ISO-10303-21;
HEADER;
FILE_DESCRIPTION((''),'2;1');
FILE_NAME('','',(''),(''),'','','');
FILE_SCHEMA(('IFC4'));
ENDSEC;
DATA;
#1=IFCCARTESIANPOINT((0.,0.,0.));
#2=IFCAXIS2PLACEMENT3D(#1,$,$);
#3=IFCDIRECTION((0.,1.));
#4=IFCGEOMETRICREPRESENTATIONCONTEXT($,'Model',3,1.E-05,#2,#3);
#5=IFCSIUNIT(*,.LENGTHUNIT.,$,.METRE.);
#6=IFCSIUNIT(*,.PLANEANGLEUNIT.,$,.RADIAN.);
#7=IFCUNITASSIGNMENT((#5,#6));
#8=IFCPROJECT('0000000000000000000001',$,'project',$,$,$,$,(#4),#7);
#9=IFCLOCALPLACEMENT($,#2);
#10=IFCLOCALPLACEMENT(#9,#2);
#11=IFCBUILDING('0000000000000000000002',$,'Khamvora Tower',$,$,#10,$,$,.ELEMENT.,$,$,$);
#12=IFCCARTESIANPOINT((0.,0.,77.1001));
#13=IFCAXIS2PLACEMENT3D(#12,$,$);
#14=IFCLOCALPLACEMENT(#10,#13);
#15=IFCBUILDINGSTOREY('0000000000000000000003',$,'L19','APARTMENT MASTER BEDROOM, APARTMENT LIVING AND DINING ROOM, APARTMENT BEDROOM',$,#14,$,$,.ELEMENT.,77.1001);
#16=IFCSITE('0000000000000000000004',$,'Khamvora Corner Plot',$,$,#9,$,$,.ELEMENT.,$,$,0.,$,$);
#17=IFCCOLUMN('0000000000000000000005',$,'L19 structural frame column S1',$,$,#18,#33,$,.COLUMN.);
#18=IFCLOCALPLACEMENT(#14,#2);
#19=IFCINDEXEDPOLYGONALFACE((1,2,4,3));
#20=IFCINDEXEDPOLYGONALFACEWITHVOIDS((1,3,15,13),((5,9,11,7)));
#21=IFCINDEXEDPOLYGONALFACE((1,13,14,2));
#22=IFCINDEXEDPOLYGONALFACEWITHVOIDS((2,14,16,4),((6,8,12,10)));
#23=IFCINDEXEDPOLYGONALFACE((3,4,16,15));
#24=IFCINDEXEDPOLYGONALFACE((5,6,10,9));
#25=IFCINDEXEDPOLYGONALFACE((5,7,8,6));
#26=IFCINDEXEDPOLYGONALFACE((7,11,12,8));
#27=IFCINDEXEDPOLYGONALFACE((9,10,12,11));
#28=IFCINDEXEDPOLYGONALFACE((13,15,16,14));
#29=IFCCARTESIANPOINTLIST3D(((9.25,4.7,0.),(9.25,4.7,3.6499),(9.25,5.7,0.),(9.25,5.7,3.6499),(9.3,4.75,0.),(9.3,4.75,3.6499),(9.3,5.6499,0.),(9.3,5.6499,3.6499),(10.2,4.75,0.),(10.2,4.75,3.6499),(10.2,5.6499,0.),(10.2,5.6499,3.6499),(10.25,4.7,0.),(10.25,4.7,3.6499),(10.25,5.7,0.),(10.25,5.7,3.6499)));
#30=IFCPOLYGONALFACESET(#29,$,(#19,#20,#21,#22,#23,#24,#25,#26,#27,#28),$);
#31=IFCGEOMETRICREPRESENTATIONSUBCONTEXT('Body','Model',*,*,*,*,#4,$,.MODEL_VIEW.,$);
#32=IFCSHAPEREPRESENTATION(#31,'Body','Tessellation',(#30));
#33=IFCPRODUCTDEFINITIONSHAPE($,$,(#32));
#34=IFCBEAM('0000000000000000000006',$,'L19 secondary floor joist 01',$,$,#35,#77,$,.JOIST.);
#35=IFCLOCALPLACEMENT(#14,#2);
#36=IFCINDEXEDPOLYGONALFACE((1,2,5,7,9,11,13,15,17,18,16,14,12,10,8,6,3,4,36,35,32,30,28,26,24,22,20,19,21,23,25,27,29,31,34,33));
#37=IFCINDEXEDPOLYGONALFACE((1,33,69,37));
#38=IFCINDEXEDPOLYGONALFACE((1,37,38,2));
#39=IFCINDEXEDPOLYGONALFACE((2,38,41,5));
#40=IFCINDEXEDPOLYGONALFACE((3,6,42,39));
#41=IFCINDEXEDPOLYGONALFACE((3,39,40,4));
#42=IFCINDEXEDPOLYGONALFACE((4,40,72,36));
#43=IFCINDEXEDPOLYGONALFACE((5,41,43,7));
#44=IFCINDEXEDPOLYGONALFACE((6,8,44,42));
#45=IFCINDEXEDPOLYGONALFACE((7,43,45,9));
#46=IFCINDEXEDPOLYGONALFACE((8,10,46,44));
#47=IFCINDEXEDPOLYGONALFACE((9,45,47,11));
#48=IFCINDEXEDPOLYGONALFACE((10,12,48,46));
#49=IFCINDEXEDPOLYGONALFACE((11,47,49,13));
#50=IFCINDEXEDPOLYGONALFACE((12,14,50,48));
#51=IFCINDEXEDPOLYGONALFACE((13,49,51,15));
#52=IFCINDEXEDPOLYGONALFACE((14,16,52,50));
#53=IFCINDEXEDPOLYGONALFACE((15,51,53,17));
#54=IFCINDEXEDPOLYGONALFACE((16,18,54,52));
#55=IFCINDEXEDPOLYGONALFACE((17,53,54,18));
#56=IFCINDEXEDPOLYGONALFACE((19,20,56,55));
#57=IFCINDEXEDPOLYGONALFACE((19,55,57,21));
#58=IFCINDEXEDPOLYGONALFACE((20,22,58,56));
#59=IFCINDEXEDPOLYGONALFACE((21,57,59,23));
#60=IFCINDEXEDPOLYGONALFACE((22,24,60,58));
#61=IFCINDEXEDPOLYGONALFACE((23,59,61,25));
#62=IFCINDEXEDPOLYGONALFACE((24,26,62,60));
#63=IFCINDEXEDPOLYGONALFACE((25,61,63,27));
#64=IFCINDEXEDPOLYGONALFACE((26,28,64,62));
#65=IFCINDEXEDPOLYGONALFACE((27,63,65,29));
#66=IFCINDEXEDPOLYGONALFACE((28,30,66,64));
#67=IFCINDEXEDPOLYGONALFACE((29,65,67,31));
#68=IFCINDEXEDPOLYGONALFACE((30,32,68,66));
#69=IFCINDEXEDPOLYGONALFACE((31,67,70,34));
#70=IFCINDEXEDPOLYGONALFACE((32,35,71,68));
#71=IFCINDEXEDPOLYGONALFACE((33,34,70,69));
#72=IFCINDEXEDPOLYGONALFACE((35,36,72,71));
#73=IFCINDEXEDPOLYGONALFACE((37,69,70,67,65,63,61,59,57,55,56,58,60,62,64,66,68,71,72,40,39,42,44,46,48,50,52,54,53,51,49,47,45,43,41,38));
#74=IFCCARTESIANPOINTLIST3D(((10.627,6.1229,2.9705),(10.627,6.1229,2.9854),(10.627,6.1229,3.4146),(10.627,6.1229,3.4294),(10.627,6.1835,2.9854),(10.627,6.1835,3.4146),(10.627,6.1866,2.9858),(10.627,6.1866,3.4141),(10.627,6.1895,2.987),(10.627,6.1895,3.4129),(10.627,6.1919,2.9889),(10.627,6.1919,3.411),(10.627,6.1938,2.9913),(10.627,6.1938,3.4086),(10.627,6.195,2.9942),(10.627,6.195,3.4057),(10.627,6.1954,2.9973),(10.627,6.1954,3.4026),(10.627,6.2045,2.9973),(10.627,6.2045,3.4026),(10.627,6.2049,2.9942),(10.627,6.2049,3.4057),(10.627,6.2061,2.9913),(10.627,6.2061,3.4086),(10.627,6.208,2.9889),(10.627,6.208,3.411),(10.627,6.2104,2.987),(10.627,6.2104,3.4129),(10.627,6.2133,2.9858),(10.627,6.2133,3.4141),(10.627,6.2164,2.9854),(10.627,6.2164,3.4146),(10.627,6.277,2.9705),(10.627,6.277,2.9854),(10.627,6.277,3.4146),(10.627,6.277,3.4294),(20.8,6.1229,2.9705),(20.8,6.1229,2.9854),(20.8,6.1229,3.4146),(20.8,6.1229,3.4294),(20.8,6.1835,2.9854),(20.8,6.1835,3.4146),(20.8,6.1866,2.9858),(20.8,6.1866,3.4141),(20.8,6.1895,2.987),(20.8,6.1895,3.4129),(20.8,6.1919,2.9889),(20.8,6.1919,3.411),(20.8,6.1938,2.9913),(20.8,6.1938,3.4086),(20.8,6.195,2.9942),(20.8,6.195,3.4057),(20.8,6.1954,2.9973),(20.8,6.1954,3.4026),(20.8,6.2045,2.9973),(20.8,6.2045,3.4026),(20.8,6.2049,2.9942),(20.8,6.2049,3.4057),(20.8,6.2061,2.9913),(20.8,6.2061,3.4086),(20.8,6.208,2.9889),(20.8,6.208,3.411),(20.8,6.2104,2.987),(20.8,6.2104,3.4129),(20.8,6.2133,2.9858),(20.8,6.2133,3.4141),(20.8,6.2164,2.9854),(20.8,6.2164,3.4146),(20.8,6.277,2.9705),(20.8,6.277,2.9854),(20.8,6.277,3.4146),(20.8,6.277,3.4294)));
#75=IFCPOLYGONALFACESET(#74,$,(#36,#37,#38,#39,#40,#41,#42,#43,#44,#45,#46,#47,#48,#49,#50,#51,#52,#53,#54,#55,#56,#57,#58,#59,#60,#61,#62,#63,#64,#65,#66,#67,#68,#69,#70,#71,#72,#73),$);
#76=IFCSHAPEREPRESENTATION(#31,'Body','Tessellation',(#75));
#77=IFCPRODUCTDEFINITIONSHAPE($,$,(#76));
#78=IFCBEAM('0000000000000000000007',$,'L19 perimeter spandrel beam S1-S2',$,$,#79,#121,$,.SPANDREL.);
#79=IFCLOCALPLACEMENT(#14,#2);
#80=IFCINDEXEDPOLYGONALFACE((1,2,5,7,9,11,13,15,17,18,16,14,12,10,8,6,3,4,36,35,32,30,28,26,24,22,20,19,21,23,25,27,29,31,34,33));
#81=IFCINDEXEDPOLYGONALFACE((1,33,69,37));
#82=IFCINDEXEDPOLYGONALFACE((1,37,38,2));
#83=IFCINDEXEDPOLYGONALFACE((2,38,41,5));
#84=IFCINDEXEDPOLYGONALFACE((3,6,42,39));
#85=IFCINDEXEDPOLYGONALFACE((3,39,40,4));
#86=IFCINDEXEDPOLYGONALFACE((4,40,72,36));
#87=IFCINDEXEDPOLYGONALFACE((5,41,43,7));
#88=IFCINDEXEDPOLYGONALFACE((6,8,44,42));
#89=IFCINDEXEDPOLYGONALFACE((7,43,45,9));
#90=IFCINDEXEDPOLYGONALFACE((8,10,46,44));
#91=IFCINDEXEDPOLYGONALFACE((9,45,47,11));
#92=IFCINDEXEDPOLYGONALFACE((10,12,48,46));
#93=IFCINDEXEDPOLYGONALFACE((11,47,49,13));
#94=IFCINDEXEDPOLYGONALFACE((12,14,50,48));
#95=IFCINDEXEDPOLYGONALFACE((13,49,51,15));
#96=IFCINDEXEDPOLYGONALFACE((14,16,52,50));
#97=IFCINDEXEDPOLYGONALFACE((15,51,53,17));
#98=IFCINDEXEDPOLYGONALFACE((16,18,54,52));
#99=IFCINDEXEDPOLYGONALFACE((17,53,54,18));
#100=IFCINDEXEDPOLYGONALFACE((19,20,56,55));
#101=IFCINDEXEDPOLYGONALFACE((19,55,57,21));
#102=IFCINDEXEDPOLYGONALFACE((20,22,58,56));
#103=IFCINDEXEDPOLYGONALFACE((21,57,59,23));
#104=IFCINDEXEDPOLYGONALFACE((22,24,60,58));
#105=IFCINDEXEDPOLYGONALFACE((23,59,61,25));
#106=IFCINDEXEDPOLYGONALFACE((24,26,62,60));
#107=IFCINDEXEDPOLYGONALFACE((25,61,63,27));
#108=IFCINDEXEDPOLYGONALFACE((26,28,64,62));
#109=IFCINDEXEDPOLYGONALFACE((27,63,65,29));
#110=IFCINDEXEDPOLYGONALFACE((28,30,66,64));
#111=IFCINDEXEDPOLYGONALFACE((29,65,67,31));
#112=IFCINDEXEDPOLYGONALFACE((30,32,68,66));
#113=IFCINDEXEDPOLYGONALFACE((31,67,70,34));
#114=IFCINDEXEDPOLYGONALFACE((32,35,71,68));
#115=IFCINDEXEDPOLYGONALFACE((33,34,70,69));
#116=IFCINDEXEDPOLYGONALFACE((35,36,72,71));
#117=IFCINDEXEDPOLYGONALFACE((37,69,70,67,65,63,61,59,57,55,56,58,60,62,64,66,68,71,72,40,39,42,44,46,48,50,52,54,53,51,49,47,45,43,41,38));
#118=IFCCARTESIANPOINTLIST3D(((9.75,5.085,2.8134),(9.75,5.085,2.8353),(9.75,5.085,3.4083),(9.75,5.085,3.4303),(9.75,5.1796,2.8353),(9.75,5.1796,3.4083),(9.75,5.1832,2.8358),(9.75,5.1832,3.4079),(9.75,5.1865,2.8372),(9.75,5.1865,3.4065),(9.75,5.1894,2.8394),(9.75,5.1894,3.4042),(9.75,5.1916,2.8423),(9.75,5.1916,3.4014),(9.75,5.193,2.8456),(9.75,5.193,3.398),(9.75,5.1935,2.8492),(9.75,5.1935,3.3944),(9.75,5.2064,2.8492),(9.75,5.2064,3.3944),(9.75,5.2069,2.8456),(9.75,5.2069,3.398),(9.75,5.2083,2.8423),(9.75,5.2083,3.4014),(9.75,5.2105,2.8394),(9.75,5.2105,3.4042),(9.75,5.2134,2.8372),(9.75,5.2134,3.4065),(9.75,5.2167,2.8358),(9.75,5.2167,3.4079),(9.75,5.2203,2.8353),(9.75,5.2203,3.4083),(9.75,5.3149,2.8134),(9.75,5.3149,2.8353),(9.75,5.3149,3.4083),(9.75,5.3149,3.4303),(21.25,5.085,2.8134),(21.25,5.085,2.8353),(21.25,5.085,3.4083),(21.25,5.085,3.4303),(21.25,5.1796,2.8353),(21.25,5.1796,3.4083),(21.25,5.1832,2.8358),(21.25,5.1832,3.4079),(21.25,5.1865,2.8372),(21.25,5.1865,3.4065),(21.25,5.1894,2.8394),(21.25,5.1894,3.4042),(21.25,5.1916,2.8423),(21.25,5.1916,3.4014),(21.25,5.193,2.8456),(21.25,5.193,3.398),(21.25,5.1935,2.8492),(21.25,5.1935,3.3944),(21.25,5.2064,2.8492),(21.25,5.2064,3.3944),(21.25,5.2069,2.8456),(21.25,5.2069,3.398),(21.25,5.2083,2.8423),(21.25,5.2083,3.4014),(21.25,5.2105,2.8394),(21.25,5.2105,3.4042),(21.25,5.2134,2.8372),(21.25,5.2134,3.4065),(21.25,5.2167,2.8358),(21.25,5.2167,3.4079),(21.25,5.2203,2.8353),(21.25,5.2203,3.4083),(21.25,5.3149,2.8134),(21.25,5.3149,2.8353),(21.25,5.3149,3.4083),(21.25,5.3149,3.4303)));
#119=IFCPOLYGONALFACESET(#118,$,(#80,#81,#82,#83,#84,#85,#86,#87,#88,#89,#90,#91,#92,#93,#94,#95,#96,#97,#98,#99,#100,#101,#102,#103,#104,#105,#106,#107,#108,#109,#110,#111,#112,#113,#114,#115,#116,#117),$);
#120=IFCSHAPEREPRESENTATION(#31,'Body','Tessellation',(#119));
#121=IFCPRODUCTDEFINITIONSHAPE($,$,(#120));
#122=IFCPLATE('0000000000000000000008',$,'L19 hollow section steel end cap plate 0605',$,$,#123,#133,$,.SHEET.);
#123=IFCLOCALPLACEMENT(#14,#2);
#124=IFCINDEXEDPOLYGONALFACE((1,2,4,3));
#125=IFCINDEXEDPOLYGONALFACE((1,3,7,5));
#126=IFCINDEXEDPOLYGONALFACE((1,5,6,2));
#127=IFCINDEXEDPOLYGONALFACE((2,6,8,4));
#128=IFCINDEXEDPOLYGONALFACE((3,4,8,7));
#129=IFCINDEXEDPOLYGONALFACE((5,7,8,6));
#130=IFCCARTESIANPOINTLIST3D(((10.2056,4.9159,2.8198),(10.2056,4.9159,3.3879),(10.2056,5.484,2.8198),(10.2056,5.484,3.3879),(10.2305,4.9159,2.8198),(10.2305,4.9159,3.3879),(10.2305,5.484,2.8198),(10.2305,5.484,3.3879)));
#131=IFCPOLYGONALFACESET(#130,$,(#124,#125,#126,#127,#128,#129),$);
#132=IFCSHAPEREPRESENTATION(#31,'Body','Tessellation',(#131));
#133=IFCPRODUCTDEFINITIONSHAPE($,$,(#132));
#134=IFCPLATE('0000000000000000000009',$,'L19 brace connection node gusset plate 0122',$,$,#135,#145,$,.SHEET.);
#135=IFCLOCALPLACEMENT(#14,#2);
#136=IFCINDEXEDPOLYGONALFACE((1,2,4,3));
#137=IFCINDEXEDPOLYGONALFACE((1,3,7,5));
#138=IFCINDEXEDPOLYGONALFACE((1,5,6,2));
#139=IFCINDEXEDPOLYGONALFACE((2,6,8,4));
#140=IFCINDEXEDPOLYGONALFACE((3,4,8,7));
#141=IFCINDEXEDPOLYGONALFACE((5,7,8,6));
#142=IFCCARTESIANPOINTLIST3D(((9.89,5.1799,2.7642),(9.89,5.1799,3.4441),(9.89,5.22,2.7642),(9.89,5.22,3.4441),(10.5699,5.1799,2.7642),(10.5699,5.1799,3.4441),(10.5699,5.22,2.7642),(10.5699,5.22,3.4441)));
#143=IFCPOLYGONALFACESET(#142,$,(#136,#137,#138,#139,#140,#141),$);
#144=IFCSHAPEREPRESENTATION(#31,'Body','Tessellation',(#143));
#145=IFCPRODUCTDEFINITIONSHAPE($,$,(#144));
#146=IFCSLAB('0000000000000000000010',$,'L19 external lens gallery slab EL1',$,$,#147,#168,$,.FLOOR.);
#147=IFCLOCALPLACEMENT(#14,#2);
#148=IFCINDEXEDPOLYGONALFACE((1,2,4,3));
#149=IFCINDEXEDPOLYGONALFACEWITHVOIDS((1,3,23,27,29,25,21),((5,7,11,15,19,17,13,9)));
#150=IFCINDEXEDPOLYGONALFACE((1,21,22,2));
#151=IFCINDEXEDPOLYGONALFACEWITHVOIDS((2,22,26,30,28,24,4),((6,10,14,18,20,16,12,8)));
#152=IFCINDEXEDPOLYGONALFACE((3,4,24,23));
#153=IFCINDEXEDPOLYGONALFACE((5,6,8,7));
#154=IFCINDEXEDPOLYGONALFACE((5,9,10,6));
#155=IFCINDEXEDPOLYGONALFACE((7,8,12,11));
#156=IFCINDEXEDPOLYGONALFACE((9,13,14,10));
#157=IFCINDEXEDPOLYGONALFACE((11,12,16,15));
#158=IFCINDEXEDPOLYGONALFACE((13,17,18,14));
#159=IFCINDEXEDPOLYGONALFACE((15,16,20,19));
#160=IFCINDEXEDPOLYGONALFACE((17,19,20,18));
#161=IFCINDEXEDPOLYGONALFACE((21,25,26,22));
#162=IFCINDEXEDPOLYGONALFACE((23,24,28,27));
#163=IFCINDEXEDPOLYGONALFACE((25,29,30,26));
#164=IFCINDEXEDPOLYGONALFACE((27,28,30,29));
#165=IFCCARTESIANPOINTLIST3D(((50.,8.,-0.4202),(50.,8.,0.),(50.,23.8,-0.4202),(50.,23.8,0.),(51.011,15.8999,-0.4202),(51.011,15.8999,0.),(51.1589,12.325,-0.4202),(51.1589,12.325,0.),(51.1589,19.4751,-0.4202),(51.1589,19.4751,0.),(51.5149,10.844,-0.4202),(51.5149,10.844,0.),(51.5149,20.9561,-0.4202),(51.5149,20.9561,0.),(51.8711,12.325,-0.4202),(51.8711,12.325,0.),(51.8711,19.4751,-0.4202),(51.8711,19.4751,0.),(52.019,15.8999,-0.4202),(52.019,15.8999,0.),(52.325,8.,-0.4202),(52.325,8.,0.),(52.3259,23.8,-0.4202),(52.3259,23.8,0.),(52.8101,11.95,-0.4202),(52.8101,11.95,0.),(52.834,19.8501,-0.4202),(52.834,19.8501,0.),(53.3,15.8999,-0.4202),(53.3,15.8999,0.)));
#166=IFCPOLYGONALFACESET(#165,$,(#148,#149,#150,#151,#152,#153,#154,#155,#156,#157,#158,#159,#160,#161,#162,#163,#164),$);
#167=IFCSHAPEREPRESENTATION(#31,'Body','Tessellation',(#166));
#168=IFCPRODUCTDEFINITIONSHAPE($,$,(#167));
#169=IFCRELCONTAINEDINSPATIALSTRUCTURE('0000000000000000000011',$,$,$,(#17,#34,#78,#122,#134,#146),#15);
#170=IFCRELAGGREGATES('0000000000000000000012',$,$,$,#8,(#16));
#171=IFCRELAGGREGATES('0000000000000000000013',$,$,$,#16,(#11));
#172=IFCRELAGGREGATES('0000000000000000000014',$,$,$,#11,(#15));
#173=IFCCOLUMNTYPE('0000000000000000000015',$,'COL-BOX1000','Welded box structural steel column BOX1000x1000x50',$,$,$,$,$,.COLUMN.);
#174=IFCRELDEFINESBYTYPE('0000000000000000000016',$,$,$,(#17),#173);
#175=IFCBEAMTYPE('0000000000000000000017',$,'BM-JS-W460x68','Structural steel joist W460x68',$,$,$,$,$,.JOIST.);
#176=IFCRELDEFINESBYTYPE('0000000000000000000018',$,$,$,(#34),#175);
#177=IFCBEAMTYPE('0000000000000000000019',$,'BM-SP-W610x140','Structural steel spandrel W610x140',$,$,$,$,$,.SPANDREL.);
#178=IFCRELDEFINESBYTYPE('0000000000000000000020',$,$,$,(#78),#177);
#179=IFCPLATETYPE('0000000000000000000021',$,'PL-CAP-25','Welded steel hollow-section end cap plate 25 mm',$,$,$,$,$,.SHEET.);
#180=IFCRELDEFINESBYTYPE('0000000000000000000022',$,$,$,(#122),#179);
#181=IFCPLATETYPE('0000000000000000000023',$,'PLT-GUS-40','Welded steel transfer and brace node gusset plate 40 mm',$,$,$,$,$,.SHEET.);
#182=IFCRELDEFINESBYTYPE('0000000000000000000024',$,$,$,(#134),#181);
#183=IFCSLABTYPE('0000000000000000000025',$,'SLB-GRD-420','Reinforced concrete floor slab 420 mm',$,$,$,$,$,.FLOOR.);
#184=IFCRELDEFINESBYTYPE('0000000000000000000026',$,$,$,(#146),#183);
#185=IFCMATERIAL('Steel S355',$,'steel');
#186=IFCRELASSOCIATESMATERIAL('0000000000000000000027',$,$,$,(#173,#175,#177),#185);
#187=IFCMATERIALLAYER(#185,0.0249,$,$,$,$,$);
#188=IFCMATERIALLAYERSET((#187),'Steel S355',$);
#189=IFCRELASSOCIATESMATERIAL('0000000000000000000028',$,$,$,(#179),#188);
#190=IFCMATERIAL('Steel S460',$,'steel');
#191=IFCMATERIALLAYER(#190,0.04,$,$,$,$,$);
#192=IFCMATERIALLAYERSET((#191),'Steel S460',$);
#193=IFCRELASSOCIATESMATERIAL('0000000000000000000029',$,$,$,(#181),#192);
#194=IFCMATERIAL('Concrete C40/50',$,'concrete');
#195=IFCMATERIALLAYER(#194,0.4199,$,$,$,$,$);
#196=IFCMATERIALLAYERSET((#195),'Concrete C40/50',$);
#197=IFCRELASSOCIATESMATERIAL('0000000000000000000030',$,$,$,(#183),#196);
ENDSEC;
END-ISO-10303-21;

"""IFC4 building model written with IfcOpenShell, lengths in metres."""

from ifc_helpers import new_model, si_unit, direction, frame, origin, origin_2d, place, context, subcontext, project, spatial, polyline, rectangle, hollow_rectangle, i_section, outline, extrude, material, layer, layer_set, material_profile, profile_set, type_object, element, save


model = new_model("IFC4")

# Units and contexts
model_context = context("Model", 3, precision=1e-05, world=origin(), true_north=direction((0.0, 1.0)))
body_context = subcontext(model_context, "Body", "Model", "MODEL_VIEW")
ifc_project = project(units=[si_unit("LENGTHUNIT", "METRE"), si_unit("PLANEANGLEUNIT", "RADIAN")], contexts=[model_context])

# Site, building, storey
site_placement = place(None, origin())
site = spatial("IfcSite", under=ifc_project, at=site_placement, Name="Khamvora Corner Plot", CompositionType="ELEMENT", RefElevation=0.0)
building_placement = place(site_placement, origin())
building = spatial("IfcBuilding", under=site, at=building_placement, Name="Khamvora Tower", CompositionType="ELEMENT")
storey_placement = place(building_placement, frame((0.0, 0.0, 77.1001)))
storey = spatial("IfcBuildingStorey", under=building, at=storey_placement, Name="L19", Description="APARTMENT MASTER BEDROOM, APARTMENT LIVING AND DINING ROOM, APARTMENT BEDROOM", CompositionType="ELEMENT", Elevation=77.1001)

# Column
ifc_material_1 = material(Name="Steel S355", Category="steel")
ifc_material_profile_1 = material_profile(ifc_material_1, hollow_rectangle(XDim=1.0, YDim=1.0, WallThickness=0.05, at=origin_2d()), Name="BOX1000x1000x50")
ifc_profile_set_1 = profile_set([ifc_material_profile_1], Name="Steel S355")
column_type = type_object("IfcColumnType", Name="COL-BOX1000", Description="Welded box structural steel column BOX1000x1000x50", PredefinedType="COLUMN", material=ifc_profile_set_1)
column_placement = place(storey_placement, frame((9.75, 5.2, 0.0), z_axis=(0.0, 0.0, 1.0), x_axis=(1.0, 0.0, 0.0)))
element("IfcColumn", 1, at=column_placement, inside=storey, type_object=column_type, Name="L19 structural frame column S1", PredefinedType="COLUMN", context=body_context, shape_type="SweptSolid", body=[
    extrude(hollow_rectangle(XDim=1.0, YDim=1.0, WallThickness=0.05, at=origin_2d()), origin(), (0.0, 0.0, 1.0), 3.6499),
])

# Beams
ifc_material_profile_2 = material_profile(ifc_material_1, i_section(OverallWidth=0.1541, OverallDepth=0.459, WebThickness=0.009, FlangeThickness=0.0149, FilletRadius=0.012, at=origin_2d()), Name="W460x68")
ifc_profile_set_2 = profile_set([ifc_material_profile_2], Name="Steel S355")
beam_type_1 = type_object("IfcBeamType", Name="BM-JS-W460x68", Description="Structural steel joist W460x68", PredefinedType="JOIST", material=ifc_profile_set_2)
beam_1_placement = place(storey_placement, frame((10.627, 6.2, 3.2), z_axis=(1.0, 0.0, 0.0), x_axis=(0.0, 1.0, 0.0)))
element("IfcBeam", 2, at=beam_1_placement, inside=storey, type_object=beam_type_1, Name="L19 secondary floor joist 01", PredefinedType="JOIST", context=body_context, shape_type="SweptSolid", body=[
    extrude(i_section(OverallWidth=0.1541, OverallDepth=0.459, WebThickness=0.009, FlangeThickness=0.0149, FilletRadius=0.012, at=origin_2d()), origin(), (0.0, 0.0, 1.0), 10.1731),
])
ifc_material_profile_3 = material_profile(ifc_material_1, i_section(OverallWidth=0.23, OverallDepth=0.6169, WebThickness=0.0129, FlangeThickness=0.022, FilletRadius=0.0139, at=origin_2d()), Name="W610x140")
ifc_profile_set_3 = profile_set([ifc_material_profile_3], Name="Steel S355")
beam_type_2 = type_object("IfcBeamType", Name="BM-SP-W610x140", Description="Structural steel spandrel W610x140", PredefinedType="SPANDREL", material=ifc_profile_set_3)
beam_2_placement = place(storey_placement, frame((9.75, 5.2, 3.1218), z_axis=(1.0, 0.0, 0.0), x_axis=(0.0, 1.0, 0.0)))
element("IfcBeam", 3, at=beam_2_placement, inside=storey, type_object=beam_type_2, Name="L19 perimeter spandrel beam S1-S2", PredefinedType="SPANDREL", context=body_context, shape_type="SweptSolid", body=[
    extrude(i_section(OverallWidth=0.23, OverallDepth=0.6169, WebThickness=0.0129, FlangeThickness=0.022, FilletRadius=0.0139, at=origin_2d()), origin(), (0.0, 0.0, 1.0), 11.5),
])

# Plates
ifc_layer_1 = layer(ifc_material_1, 0.0249)
ifc_layer_set_1 = layer_set([ifc_layer_1], Name="Steel S355")
plate_type_1 = type_object("IfcPlateType", Name="PL-CAP-25", Description="Welded steel hollow-section end cap plate 25 mm", PredefinedType="SHEET", material=ifc_layer_set_1)
plate_1_placement = place(storey_placement, frame((10.218, 5.2, 2.8198), z_axis=(0.0, 0.0, 1.0), x_axis=(-1.0, 0.0, 0.0)))
element("IfcPlate", 4, at=plate_1_placement, inside=storey, type_object=plate_type_1, Name="L19 hollow section steel end cap plate 0605", PredefinedType="SHEET", context=body_context, shape_type="SweptSolid", body=[
    extrude(rectangle(XDim=0.0249, YDim=0.5681, at=origin_2d()), origin(), (0.0, 0.0, 1.0), 0.5681),
])
ifc_material_2 = material(Name="Steel S460", Category="steel")
ifc_layer_2 = layer(ifc_material_2, 0.04)
ifc_layer_set_2 = layer_set([ifc_layer_2], Name="Steel S460")
plate_type_2 = type_object("IfcPlateType", Name="PLT-GUS-40", Description="Welded steel transfer and brace node gusset plate 40 mm", PredefinedType="SHEET", material=ifc_layer_set_2)
plate_2_placement = place(storey_placement, frame((10.23, 5.2, 2.7642), z_axis=(0.0, 0.0, 1.0), x_axis=(1.0, 0.0, 0.0)))
element("IfcPlate", 5, at=plate_2_placement, inside=storey, type_object=plate_type_2, Name="L19 brace connection node gusset plate 0122", PredefinedType="SHEET", context=body_context, shape_type="SweptSolid", body=[
    extrude(rectangle(XDim=0.6799, YDim=0.04, at=origin_2d()), origin(), (0.0, 0.0, 1.0), 0.6799),
])

# Slab
ifc_material_3 = material(Name="Concrete C40/50", Category="concrete")
ifc_layer_3 = layer(ifc_material_3, 0.4199)
ifc_layer_set_3 = layer_set([ifc_layer_3], Name="Concrete C40/50")
slab_type_1 = type_object("IfcSlabType", Name="SLB-GRD-420", Description="Reinforced concrete floor slab 420 mm", PredefinedType="FLOOR", material=ifc_layer_set_3)
slab_1_placement = place(storey_placement, frame((0.0, 0.0, -0.4202)))
element("IfcSlab", 6, at=slab_1_placement, inside=storey, type_object=slab_type_1, Name="L19 external lens gallery slab EL1", PredefinedType="FLOOR", context=body_context, shape_type="SweptSolid", body=[
    extrude(outline(polyline([(52.325, 8.0), (52.8101, 11.95), (53.3, 15.8999), (52.834, 19.8501), (52.3259, 23.8), (50.0, 23.8), (50.0, 8.0), (52.325, 8.0)]), holes=[polyline([(52.019, 15.8999), (51.8711, 19.4751), (51.5149, 20.9561), (51.1589, 19.4751), (51.011, 15.8999), (51.1589, 12.325), (51.5149, 10.844), (51.8711, 12.325), (52.019, 15.8999)])]), origin(), (0.0, 0.0, 1.0), 0.4202),
])

save(model, "model.ifc")
